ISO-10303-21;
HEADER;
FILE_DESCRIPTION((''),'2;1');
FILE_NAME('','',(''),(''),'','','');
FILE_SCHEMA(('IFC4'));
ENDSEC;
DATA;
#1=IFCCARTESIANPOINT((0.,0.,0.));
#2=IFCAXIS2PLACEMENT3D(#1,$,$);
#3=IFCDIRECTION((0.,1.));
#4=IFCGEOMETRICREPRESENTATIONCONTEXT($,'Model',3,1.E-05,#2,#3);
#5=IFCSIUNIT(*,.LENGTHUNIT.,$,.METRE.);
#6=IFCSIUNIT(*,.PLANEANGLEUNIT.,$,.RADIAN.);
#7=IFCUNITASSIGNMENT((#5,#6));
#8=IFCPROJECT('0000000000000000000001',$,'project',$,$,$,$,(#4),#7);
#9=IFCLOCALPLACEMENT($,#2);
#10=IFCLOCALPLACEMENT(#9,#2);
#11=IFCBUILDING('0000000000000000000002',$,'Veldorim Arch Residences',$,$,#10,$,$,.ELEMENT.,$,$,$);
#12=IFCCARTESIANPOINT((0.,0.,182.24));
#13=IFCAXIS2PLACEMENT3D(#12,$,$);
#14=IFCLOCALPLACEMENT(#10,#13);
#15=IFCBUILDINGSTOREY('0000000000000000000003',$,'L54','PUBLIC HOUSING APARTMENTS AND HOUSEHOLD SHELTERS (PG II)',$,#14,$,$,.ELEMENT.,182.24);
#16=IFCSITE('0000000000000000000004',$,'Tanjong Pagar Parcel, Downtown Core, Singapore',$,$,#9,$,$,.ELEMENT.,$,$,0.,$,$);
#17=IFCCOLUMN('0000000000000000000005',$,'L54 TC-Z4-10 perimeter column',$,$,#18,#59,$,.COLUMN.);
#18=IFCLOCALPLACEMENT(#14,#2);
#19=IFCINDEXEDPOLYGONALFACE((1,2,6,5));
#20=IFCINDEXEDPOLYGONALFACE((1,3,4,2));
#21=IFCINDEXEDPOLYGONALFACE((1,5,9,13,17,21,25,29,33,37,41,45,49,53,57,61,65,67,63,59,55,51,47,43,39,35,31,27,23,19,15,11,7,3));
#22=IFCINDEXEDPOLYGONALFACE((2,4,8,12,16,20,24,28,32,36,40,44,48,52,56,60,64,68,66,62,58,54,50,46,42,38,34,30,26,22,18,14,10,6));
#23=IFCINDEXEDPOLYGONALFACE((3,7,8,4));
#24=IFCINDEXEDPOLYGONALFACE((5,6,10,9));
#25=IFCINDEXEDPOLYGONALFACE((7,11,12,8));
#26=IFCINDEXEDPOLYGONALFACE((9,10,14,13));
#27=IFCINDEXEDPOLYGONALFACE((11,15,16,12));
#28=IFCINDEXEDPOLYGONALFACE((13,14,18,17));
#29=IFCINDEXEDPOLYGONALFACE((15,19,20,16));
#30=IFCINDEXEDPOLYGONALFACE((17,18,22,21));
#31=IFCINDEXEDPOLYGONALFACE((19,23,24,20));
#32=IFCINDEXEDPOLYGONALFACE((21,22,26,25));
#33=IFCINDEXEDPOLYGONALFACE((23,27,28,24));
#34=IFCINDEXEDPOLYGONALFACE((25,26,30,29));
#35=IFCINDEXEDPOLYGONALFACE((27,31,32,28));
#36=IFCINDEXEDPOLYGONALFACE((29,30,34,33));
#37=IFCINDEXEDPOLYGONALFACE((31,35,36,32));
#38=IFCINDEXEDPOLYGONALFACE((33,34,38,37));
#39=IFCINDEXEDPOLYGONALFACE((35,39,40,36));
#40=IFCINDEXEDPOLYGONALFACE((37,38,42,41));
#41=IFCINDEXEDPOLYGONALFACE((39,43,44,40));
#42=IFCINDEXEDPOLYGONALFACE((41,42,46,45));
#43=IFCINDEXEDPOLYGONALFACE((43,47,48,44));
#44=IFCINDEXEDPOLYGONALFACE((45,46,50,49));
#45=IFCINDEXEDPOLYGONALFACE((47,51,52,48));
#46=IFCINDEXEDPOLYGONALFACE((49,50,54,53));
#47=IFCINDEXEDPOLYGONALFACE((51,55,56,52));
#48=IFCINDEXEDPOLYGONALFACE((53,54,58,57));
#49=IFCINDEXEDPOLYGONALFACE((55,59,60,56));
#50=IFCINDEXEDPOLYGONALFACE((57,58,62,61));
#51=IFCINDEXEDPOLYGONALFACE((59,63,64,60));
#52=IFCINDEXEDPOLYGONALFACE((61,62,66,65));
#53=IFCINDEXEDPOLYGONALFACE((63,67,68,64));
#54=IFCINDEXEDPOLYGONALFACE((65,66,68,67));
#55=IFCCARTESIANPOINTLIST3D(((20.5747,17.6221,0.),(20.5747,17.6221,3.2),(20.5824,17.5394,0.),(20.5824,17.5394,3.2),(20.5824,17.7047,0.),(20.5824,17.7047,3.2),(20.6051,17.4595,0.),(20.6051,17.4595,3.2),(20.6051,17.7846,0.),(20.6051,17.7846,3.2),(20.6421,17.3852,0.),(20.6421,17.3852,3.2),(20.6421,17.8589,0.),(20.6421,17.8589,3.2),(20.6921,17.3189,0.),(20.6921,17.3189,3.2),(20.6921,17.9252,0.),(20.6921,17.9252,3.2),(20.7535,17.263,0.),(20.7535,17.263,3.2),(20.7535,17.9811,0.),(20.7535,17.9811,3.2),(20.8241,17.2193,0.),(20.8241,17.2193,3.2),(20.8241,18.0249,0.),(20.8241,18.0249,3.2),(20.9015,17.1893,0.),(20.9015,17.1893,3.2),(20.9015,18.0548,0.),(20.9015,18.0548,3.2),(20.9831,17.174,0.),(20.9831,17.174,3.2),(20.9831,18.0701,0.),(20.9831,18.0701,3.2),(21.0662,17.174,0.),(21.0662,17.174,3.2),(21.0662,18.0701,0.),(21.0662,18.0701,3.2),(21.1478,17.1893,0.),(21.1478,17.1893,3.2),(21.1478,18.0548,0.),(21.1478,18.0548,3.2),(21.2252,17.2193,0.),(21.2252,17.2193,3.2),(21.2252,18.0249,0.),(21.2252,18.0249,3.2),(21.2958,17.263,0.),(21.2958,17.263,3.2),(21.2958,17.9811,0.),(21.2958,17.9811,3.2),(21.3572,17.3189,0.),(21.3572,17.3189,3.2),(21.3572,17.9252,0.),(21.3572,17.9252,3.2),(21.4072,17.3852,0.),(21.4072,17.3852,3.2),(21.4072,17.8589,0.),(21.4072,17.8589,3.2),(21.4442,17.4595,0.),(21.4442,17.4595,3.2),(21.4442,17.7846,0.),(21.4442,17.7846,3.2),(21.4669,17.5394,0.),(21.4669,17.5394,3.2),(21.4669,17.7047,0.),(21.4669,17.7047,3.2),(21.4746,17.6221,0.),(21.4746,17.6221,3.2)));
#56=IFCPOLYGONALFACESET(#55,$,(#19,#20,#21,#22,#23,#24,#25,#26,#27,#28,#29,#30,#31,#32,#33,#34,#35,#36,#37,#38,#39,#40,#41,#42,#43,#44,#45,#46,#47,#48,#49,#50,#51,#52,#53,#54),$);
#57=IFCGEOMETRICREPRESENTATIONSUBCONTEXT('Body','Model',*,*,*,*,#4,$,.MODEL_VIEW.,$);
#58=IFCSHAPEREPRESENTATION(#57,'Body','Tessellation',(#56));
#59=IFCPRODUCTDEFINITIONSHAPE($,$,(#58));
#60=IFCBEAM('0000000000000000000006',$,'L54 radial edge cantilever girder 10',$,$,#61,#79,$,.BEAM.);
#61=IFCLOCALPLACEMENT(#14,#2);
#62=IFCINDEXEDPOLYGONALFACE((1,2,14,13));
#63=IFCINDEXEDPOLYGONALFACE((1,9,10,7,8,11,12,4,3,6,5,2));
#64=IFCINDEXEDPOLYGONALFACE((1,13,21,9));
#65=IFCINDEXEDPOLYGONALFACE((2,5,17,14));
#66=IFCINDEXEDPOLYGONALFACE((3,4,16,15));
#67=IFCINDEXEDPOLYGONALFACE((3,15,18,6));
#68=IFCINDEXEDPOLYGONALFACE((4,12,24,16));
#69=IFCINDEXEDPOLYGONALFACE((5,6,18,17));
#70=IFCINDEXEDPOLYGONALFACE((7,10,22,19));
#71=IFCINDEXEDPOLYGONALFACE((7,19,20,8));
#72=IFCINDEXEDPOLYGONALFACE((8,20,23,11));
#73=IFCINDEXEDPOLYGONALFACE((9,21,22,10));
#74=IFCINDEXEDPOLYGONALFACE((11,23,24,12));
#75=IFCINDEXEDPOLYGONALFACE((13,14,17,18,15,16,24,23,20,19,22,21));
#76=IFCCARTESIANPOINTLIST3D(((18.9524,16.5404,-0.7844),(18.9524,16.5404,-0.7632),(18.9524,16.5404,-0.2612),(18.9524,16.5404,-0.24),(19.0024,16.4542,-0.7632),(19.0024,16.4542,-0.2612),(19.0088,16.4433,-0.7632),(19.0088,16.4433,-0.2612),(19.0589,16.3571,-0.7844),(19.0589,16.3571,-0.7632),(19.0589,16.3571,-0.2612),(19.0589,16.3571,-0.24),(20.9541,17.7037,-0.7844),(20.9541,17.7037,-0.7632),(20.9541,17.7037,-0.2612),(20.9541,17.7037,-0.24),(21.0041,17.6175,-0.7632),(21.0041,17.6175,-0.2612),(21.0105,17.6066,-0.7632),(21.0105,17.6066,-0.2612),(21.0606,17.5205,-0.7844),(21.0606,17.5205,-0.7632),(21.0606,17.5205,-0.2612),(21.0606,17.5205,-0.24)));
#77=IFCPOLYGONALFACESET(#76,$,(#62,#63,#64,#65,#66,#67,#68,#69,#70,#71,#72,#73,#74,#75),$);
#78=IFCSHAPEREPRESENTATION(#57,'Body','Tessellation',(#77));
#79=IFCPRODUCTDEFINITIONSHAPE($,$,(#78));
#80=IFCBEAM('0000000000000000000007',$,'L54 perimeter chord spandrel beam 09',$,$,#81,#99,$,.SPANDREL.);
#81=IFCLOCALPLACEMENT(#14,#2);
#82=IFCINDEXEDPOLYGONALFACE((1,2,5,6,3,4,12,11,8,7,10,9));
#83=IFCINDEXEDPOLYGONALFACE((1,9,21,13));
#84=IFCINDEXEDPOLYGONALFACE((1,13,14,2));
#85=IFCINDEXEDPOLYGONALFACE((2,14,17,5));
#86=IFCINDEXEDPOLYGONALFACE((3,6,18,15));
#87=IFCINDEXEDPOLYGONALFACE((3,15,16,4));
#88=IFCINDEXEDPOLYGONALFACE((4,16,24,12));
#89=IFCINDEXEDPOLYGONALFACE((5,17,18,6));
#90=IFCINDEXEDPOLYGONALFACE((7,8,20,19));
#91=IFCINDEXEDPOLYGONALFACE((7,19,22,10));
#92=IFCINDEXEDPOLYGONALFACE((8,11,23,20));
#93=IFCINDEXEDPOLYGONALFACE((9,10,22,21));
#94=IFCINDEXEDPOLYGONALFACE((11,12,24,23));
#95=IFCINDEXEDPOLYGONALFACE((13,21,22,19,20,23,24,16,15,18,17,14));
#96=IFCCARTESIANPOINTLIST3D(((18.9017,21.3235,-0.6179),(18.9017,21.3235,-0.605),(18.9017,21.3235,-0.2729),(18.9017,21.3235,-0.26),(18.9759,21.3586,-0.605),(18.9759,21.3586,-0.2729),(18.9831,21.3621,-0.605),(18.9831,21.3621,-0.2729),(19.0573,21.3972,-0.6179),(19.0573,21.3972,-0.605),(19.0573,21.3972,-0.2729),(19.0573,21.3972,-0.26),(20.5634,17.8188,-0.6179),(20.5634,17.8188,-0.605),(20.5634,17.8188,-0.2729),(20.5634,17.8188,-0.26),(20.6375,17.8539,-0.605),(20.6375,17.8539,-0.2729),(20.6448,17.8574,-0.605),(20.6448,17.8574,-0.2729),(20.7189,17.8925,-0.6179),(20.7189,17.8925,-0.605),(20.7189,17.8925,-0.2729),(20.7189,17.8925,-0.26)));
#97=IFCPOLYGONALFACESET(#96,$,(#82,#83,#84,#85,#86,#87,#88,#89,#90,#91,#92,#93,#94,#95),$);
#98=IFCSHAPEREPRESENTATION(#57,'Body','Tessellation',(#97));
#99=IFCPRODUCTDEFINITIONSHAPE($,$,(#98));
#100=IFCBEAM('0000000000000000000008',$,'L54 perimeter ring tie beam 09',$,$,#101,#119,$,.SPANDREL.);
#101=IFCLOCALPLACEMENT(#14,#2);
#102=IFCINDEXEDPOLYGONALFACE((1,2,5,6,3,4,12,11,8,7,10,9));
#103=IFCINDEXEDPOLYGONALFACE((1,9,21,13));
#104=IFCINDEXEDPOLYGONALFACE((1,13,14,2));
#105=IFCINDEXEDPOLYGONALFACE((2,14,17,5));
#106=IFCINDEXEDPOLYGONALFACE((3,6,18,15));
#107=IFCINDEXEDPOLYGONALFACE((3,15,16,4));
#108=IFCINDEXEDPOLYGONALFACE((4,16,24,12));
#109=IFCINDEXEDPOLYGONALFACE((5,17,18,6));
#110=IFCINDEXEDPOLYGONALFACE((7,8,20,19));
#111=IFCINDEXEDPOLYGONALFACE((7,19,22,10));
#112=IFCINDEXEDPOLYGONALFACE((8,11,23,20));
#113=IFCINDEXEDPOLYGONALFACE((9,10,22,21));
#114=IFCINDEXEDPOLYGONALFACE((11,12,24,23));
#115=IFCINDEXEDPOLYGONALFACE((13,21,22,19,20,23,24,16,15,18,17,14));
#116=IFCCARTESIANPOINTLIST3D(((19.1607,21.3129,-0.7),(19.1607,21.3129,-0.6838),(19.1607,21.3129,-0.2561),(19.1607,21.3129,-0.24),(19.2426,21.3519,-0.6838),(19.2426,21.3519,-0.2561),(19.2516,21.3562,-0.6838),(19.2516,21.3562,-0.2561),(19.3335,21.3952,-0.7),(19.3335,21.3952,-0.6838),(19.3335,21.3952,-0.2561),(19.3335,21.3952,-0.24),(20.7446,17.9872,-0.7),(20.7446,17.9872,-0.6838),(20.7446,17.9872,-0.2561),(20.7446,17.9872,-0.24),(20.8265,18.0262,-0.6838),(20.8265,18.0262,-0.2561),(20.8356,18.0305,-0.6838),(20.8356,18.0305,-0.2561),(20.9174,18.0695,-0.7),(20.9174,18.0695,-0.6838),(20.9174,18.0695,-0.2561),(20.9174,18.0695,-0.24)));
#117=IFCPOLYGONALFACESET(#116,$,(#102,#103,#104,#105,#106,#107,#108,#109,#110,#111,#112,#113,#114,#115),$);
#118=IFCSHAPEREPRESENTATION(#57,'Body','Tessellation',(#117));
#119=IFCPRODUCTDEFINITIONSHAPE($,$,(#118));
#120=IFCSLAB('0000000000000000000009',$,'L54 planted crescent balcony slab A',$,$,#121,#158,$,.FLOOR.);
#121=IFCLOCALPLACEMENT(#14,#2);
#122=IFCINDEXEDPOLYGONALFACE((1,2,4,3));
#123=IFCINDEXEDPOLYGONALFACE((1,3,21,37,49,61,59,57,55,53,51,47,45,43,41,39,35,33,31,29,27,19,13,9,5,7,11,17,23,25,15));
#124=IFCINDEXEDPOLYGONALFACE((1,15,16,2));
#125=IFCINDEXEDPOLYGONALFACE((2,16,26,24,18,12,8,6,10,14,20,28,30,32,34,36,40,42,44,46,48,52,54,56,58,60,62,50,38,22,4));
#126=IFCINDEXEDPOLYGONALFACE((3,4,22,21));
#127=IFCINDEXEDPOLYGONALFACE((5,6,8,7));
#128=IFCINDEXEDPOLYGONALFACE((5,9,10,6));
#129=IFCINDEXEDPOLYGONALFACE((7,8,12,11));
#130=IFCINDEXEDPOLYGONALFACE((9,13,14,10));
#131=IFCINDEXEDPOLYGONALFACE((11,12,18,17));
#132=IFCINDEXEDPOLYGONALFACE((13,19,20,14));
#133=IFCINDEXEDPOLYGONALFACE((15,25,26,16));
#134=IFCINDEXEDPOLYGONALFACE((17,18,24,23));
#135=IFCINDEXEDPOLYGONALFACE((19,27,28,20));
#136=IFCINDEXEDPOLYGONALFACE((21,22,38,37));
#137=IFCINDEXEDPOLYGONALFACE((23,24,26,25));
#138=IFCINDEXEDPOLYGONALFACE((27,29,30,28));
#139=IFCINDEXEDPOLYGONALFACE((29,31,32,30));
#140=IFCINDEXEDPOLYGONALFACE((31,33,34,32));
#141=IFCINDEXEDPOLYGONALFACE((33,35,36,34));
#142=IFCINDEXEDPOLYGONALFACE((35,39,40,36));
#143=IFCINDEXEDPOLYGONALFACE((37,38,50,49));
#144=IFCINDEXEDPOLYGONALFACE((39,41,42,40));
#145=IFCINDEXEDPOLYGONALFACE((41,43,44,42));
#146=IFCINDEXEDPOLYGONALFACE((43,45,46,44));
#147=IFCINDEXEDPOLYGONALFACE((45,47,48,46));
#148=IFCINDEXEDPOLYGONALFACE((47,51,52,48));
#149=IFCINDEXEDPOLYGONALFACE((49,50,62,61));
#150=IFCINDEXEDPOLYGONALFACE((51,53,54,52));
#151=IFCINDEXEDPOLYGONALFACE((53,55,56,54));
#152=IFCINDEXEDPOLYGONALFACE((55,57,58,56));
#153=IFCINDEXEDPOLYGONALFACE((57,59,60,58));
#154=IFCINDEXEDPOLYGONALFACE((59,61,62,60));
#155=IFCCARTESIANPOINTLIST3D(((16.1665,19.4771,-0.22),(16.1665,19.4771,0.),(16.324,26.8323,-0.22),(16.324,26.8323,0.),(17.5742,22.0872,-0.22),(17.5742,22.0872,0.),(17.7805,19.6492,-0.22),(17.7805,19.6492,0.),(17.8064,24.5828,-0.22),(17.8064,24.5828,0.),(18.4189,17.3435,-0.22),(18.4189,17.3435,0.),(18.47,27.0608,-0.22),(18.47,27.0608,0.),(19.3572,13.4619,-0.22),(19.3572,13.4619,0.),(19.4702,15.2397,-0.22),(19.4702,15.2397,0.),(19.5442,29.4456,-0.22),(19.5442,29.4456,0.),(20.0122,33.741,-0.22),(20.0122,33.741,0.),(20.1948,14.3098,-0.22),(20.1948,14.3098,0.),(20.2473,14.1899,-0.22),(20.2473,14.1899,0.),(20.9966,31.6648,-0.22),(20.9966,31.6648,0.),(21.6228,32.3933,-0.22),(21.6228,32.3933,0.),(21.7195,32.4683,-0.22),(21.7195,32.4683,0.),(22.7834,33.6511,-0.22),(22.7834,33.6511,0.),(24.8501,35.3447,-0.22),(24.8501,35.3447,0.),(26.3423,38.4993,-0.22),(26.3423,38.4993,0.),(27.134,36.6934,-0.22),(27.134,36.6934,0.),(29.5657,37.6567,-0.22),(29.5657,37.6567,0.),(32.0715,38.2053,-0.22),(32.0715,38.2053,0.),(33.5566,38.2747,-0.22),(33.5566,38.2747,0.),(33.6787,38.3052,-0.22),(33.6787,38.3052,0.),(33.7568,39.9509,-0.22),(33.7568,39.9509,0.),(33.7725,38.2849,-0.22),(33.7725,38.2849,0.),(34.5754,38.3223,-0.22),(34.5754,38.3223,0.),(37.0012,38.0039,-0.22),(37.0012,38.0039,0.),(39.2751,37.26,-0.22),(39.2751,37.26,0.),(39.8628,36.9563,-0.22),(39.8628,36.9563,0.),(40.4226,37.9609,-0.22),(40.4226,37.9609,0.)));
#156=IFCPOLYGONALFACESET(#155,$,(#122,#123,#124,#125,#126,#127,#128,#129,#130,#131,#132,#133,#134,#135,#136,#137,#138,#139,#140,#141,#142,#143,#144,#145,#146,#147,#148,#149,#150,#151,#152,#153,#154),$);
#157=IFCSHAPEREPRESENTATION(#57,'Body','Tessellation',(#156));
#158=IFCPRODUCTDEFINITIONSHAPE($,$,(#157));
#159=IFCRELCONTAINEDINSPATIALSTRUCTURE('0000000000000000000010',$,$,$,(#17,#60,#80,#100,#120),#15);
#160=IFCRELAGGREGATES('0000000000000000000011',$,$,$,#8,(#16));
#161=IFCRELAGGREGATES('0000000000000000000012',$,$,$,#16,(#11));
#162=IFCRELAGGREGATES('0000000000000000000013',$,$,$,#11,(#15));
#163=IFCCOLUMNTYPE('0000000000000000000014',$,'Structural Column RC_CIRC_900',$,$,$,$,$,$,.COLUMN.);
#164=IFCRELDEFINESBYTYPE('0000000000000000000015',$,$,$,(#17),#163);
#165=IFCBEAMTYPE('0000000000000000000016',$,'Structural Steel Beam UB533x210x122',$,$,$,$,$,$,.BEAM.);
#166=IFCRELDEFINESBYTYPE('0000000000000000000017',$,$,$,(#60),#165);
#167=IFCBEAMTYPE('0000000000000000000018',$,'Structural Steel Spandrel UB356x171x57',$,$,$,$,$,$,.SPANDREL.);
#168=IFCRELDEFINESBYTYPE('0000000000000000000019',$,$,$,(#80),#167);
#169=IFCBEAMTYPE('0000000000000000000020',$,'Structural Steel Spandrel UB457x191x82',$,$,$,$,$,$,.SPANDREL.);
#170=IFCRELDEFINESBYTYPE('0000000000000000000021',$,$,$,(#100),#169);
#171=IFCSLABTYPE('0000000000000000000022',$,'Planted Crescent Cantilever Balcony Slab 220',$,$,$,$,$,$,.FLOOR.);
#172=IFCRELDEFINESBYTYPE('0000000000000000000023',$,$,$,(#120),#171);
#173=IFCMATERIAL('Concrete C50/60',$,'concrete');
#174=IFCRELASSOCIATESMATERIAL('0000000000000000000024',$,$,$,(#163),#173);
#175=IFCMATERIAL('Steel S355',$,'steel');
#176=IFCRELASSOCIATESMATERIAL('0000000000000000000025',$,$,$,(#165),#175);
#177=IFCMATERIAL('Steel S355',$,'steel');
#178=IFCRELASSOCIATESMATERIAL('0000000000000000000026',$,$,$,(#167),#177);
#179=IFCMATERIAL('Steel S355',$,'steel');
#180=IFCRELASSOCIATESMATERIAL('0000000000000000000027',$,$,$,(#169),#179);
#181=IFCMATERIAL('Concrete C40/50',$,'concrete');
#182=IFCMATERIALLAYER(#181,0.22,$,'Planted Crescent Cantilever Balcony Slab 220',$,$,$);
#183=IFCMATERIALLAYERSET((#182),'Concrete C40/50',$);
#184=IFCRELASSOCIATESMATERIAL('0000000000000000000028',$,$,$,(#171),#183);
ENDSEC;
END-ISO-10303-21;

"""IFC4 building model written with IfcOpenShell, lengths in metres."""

from ifc_helpers import new_model, si_unit, direction, frame, origin, origin_2d, place, context, subcontext, project, spatial, polyline, circle, i_section, outline, extrude, material, layer, layer_set, material_profile, profile_set, type_object, element, save


model = new_model("IFC4")

# Units and contexts
model_context = context("Model", 3, precision=1e-05, world=origin(), true_north=direction((0.0, 1.0)))
body_context = subcontext(model_context, "Body", "Model", "MODEL_VIEW")
ifc_project = project(units=[si_unit("LENGTHUNIT", "METRE"), si_unit("PLANEANGLEUNIT", "RADIAN")], contexts=[model_context])

# Site, building, storey
site_placement = place(None, origin())
site = spatial("IfcSite", under=ifc_project, at=site_placement, Name="Tanjong Pagar Parcel, Downtown Core, Singapore", CompositionType="ELEMENT", RefElevation=0.0)
building_placement = place(site_placement, origin())
building = spatial("IfcBuilding", under=site, at=building_placement, Name="Veldorim Arch Residences", CompositionType="ELEMENT")
storey_placement = place(building_placement, frame((0.0, 0.0, 182.24)))
storey = spatial("IfcBuildingStorey", under=building, at=storey_placement, Name="L54", Description="PUBLIC HOUSING APARTMENTS AND HOUSEHOLD SHELTERS (PG II)", CompositionType="ELEMENT", Elevation=182.24)

# Column
ifc_material_1 = material(Name="Concrete C50/60", Category="concrete")
ifc_material_profile_1 = material_profile(ifc_material_1, circle(Radius=0.45, at=origin_2d()), Name="RC_CIRC_900")
ifc_profile_set_1 = profile_set([ifc_material_profile_1], Name="Concrete C50/60")
column_type = type_object("IfcColumnType", Name="Structural Column RC_CIRC_900", PredefinedType="COLUMN", material=ifc_profile_set_1)
column_placement = place(storey_placement, frame((21.0247, 17.6221, 0.0), z_axis=(0.0, 0.0, 1.0), x_axis=(1.0, 0.0, 0.0)))
element("IfcColumn", 1, at=column_placement, inside=storey, type_object=column_type, Name="L54 TC-Z4-10 perimeter column", PredefinedType="COLUMN", context=body_context, shape_type="SweptSolid", body=[
    extrude(circle(Radius=0.45, at=origin_2d()), origin(), (0.0, 0.0, 1.0), 3.2),
])

# Beams
ifc_material_2 = material(Name="Steel S355", Category="steel")
ifc_material_profile_2 = material_profile(ifc_material_2, i_section(OverallWidth=0.2119, OverallDepth=0.5444, WebThickness=0.0127, FlangeThickness=0.0212, at=origin_2d()), Name="UB533x210x122")
ifc_profile_set_2 = profile_set([ifc_material_profile_2], Name="Steel S355")
beam_type_1 = type_object("IfcBeamType", Name="Structural Steel Beam UB533x210x122", PredefinedType="BEAM", material=ifc_profile_set_2)
beam_1_placement = place(storey_placement, frame((21.0073, 17.6121, -0.5122), z_axis=(-0.864592, -0.502474, 0.0), x_axis=(0.502474, -0.864592, 0.0)))
element("IfcBeam", 2, at=beam_1_placement, inside=storey, type_object=beam_type_1, Name="L54 radial edge cantilever girder 10", PredefinedType="BEAM", context=body_context, shape_type="SweptSolid", body=[
    extrude(i_section(OverallWidth=0.2119, OverallDepth=0.5444, WebThickness=0.0127, FlangeThickness=0.0212, at=origin_2d()), origin(), (0.0, 0.0, 1.0), 2.3152),
])
ifc_material_3 = material(Name="Steel S355", Category="steel")
ifc_material_profile_3 = material_profile(ifc_material_3, i_section(OverallWidth=0.1721, OverallDepth=0.3579, WebThickness=0.0081, FlangeThickness=0.0129, at=origin_2d()), Name="UB356x171x57")
ifc_profile_set_3 = profile_set([ifc_material_profile_3], Name="Steel S355")
beam_type_2 = type_object("IfcBeamType", Name="Structural Steel Spandrel UB356x171x57", PredefinedType="SPANDREL", material=ifc_profile_set_3)
beam_2_placement = place(storey_placement, frame((18.9795, 21.3604, -0.439), z_axis=(0.428408, -0.903585, 0.0), x_axis=(0.903585, 0.428408, 0.0)))
element("IfcBeam", 3, at=beam_2_placement, inside=storey, type_object=beam_type_2, Name="L54 perimeter chord spandrel beam 09", PredefinedType="SPANDREL", context=body_context, shape_type="SweptSolid", body=[
    extrude(i_section(OverallWidth=0.1721, OverallDepth=0.3579, WebThickness=0.0081, FlangeThickness=0.0129, at=origin_2d()), origin(), (0.0, 0.0, 1.0), 3.8787),
])
ifc_material_4 = material(Name="Steel S355", Category="steel")
ifc_material_profile_4 = material_profile(ifc_material_4, i_section(OverallWidth=0.1914, OverallDepth=0.46, WebThickness=0.01, FlangeThickness=0.0161, at=origin_2d()), Name="UB457x191x82")
ifc_profile_set_4 = profile_set([ifc_material_profile_4], Name="Steel S355")
beam_type_3 = type_object("IfcBeamType", Name="Structural Steel Spandrel UB457x191x82", PredefinedType="SPANDREL", material=ifc_profile_set_4)
beam_3_placement = place(storey_placement, frame((19.2471, 21.354, -0.47), z_axis=(0.430006, -0.902826, 0.0), x_axis=(0.902826, 0.430006, 0.0)))
element("IfcBeam", 4, at=beam_3_placement, inside=storey, type_object=beam_type_3, Name="L54 perimeter ring tie beam 09", PredefinedType="SPANDREL", context=body_context, shape_type="SweptSolid", body=[
    extrude(i_section(OverallWidth=0.1914, OverallDepth=0.46, WebThickness=0.01, FlangeThickness=0.0161, at=origin_2d()), origin(), (0.0, 0.0, 1.0), 3.6836),
])

# Slab
ifc_material_5 = material(Name="Concrete C40/50", Category="concrete")
ifc_layer_1 = layer(ifc_material_5, 0.22, Name="Planted Crescent Cantilever Balcony Slab 220")
ifc_layer_set_1 = layer_set([ifc_layer_1], Name="Concrete C40/50")
slab_type_1 = type_object("IfcSlabType", Name="Planted Crescent Cantilever Balcony Slab 220", PredefinedType="FLOOR", material=ifc_layer_set_1)
slab_1_placement = place(storey_placement, frame((0.0, 0.0, -0.22)))
element("IfcSlab", 5, at=slab_1_placement, inside=storey, type_object=slab_type_1, Name="L54 planted crescent balcony slab A", PredefinedType="FLOOR", context=body_context, shape_type="SweptSolid", body=[
    extrude(outline(polyline([(39.8628, 36.9563), (39.2751, 37.26), (37.0012, 38.0039), (34.5754, 38.3223), (33.7725, 38.2849), (33.6787, 38.3052), (33.5566, 38.2747), (32.0715, 38.2053), (29.5657, 37.6567), (27.134, 36.6934), (24.8501, 35.3447), (22.7834, 33.6511), (21.7195, 32.4683), (21.6228, 32.3933), (20.9966, 31.6648), (19.5442, 29.4456), (18.47, 27.0608), (17.8064, 24.5828), (17.5742, 22.0872), (17.7805, 19.6492), (18.4189, 17.3435), (19.4702, 15.2397), (20.1948, 14.3098), (20.2473, 14.1899), (19.3572, 13.4619), (16.1665, 19.4771), (16.324, 26.8323), (20.0122, 33.741), (26.3423, 38.4993), (33.7568, 39.9509), (40.4226, 37.9609), (39.8628, 36.9563)])), origin(), (0.0, 0.0, 1.0), 0.22),
])

save(model, "model.ifc")
